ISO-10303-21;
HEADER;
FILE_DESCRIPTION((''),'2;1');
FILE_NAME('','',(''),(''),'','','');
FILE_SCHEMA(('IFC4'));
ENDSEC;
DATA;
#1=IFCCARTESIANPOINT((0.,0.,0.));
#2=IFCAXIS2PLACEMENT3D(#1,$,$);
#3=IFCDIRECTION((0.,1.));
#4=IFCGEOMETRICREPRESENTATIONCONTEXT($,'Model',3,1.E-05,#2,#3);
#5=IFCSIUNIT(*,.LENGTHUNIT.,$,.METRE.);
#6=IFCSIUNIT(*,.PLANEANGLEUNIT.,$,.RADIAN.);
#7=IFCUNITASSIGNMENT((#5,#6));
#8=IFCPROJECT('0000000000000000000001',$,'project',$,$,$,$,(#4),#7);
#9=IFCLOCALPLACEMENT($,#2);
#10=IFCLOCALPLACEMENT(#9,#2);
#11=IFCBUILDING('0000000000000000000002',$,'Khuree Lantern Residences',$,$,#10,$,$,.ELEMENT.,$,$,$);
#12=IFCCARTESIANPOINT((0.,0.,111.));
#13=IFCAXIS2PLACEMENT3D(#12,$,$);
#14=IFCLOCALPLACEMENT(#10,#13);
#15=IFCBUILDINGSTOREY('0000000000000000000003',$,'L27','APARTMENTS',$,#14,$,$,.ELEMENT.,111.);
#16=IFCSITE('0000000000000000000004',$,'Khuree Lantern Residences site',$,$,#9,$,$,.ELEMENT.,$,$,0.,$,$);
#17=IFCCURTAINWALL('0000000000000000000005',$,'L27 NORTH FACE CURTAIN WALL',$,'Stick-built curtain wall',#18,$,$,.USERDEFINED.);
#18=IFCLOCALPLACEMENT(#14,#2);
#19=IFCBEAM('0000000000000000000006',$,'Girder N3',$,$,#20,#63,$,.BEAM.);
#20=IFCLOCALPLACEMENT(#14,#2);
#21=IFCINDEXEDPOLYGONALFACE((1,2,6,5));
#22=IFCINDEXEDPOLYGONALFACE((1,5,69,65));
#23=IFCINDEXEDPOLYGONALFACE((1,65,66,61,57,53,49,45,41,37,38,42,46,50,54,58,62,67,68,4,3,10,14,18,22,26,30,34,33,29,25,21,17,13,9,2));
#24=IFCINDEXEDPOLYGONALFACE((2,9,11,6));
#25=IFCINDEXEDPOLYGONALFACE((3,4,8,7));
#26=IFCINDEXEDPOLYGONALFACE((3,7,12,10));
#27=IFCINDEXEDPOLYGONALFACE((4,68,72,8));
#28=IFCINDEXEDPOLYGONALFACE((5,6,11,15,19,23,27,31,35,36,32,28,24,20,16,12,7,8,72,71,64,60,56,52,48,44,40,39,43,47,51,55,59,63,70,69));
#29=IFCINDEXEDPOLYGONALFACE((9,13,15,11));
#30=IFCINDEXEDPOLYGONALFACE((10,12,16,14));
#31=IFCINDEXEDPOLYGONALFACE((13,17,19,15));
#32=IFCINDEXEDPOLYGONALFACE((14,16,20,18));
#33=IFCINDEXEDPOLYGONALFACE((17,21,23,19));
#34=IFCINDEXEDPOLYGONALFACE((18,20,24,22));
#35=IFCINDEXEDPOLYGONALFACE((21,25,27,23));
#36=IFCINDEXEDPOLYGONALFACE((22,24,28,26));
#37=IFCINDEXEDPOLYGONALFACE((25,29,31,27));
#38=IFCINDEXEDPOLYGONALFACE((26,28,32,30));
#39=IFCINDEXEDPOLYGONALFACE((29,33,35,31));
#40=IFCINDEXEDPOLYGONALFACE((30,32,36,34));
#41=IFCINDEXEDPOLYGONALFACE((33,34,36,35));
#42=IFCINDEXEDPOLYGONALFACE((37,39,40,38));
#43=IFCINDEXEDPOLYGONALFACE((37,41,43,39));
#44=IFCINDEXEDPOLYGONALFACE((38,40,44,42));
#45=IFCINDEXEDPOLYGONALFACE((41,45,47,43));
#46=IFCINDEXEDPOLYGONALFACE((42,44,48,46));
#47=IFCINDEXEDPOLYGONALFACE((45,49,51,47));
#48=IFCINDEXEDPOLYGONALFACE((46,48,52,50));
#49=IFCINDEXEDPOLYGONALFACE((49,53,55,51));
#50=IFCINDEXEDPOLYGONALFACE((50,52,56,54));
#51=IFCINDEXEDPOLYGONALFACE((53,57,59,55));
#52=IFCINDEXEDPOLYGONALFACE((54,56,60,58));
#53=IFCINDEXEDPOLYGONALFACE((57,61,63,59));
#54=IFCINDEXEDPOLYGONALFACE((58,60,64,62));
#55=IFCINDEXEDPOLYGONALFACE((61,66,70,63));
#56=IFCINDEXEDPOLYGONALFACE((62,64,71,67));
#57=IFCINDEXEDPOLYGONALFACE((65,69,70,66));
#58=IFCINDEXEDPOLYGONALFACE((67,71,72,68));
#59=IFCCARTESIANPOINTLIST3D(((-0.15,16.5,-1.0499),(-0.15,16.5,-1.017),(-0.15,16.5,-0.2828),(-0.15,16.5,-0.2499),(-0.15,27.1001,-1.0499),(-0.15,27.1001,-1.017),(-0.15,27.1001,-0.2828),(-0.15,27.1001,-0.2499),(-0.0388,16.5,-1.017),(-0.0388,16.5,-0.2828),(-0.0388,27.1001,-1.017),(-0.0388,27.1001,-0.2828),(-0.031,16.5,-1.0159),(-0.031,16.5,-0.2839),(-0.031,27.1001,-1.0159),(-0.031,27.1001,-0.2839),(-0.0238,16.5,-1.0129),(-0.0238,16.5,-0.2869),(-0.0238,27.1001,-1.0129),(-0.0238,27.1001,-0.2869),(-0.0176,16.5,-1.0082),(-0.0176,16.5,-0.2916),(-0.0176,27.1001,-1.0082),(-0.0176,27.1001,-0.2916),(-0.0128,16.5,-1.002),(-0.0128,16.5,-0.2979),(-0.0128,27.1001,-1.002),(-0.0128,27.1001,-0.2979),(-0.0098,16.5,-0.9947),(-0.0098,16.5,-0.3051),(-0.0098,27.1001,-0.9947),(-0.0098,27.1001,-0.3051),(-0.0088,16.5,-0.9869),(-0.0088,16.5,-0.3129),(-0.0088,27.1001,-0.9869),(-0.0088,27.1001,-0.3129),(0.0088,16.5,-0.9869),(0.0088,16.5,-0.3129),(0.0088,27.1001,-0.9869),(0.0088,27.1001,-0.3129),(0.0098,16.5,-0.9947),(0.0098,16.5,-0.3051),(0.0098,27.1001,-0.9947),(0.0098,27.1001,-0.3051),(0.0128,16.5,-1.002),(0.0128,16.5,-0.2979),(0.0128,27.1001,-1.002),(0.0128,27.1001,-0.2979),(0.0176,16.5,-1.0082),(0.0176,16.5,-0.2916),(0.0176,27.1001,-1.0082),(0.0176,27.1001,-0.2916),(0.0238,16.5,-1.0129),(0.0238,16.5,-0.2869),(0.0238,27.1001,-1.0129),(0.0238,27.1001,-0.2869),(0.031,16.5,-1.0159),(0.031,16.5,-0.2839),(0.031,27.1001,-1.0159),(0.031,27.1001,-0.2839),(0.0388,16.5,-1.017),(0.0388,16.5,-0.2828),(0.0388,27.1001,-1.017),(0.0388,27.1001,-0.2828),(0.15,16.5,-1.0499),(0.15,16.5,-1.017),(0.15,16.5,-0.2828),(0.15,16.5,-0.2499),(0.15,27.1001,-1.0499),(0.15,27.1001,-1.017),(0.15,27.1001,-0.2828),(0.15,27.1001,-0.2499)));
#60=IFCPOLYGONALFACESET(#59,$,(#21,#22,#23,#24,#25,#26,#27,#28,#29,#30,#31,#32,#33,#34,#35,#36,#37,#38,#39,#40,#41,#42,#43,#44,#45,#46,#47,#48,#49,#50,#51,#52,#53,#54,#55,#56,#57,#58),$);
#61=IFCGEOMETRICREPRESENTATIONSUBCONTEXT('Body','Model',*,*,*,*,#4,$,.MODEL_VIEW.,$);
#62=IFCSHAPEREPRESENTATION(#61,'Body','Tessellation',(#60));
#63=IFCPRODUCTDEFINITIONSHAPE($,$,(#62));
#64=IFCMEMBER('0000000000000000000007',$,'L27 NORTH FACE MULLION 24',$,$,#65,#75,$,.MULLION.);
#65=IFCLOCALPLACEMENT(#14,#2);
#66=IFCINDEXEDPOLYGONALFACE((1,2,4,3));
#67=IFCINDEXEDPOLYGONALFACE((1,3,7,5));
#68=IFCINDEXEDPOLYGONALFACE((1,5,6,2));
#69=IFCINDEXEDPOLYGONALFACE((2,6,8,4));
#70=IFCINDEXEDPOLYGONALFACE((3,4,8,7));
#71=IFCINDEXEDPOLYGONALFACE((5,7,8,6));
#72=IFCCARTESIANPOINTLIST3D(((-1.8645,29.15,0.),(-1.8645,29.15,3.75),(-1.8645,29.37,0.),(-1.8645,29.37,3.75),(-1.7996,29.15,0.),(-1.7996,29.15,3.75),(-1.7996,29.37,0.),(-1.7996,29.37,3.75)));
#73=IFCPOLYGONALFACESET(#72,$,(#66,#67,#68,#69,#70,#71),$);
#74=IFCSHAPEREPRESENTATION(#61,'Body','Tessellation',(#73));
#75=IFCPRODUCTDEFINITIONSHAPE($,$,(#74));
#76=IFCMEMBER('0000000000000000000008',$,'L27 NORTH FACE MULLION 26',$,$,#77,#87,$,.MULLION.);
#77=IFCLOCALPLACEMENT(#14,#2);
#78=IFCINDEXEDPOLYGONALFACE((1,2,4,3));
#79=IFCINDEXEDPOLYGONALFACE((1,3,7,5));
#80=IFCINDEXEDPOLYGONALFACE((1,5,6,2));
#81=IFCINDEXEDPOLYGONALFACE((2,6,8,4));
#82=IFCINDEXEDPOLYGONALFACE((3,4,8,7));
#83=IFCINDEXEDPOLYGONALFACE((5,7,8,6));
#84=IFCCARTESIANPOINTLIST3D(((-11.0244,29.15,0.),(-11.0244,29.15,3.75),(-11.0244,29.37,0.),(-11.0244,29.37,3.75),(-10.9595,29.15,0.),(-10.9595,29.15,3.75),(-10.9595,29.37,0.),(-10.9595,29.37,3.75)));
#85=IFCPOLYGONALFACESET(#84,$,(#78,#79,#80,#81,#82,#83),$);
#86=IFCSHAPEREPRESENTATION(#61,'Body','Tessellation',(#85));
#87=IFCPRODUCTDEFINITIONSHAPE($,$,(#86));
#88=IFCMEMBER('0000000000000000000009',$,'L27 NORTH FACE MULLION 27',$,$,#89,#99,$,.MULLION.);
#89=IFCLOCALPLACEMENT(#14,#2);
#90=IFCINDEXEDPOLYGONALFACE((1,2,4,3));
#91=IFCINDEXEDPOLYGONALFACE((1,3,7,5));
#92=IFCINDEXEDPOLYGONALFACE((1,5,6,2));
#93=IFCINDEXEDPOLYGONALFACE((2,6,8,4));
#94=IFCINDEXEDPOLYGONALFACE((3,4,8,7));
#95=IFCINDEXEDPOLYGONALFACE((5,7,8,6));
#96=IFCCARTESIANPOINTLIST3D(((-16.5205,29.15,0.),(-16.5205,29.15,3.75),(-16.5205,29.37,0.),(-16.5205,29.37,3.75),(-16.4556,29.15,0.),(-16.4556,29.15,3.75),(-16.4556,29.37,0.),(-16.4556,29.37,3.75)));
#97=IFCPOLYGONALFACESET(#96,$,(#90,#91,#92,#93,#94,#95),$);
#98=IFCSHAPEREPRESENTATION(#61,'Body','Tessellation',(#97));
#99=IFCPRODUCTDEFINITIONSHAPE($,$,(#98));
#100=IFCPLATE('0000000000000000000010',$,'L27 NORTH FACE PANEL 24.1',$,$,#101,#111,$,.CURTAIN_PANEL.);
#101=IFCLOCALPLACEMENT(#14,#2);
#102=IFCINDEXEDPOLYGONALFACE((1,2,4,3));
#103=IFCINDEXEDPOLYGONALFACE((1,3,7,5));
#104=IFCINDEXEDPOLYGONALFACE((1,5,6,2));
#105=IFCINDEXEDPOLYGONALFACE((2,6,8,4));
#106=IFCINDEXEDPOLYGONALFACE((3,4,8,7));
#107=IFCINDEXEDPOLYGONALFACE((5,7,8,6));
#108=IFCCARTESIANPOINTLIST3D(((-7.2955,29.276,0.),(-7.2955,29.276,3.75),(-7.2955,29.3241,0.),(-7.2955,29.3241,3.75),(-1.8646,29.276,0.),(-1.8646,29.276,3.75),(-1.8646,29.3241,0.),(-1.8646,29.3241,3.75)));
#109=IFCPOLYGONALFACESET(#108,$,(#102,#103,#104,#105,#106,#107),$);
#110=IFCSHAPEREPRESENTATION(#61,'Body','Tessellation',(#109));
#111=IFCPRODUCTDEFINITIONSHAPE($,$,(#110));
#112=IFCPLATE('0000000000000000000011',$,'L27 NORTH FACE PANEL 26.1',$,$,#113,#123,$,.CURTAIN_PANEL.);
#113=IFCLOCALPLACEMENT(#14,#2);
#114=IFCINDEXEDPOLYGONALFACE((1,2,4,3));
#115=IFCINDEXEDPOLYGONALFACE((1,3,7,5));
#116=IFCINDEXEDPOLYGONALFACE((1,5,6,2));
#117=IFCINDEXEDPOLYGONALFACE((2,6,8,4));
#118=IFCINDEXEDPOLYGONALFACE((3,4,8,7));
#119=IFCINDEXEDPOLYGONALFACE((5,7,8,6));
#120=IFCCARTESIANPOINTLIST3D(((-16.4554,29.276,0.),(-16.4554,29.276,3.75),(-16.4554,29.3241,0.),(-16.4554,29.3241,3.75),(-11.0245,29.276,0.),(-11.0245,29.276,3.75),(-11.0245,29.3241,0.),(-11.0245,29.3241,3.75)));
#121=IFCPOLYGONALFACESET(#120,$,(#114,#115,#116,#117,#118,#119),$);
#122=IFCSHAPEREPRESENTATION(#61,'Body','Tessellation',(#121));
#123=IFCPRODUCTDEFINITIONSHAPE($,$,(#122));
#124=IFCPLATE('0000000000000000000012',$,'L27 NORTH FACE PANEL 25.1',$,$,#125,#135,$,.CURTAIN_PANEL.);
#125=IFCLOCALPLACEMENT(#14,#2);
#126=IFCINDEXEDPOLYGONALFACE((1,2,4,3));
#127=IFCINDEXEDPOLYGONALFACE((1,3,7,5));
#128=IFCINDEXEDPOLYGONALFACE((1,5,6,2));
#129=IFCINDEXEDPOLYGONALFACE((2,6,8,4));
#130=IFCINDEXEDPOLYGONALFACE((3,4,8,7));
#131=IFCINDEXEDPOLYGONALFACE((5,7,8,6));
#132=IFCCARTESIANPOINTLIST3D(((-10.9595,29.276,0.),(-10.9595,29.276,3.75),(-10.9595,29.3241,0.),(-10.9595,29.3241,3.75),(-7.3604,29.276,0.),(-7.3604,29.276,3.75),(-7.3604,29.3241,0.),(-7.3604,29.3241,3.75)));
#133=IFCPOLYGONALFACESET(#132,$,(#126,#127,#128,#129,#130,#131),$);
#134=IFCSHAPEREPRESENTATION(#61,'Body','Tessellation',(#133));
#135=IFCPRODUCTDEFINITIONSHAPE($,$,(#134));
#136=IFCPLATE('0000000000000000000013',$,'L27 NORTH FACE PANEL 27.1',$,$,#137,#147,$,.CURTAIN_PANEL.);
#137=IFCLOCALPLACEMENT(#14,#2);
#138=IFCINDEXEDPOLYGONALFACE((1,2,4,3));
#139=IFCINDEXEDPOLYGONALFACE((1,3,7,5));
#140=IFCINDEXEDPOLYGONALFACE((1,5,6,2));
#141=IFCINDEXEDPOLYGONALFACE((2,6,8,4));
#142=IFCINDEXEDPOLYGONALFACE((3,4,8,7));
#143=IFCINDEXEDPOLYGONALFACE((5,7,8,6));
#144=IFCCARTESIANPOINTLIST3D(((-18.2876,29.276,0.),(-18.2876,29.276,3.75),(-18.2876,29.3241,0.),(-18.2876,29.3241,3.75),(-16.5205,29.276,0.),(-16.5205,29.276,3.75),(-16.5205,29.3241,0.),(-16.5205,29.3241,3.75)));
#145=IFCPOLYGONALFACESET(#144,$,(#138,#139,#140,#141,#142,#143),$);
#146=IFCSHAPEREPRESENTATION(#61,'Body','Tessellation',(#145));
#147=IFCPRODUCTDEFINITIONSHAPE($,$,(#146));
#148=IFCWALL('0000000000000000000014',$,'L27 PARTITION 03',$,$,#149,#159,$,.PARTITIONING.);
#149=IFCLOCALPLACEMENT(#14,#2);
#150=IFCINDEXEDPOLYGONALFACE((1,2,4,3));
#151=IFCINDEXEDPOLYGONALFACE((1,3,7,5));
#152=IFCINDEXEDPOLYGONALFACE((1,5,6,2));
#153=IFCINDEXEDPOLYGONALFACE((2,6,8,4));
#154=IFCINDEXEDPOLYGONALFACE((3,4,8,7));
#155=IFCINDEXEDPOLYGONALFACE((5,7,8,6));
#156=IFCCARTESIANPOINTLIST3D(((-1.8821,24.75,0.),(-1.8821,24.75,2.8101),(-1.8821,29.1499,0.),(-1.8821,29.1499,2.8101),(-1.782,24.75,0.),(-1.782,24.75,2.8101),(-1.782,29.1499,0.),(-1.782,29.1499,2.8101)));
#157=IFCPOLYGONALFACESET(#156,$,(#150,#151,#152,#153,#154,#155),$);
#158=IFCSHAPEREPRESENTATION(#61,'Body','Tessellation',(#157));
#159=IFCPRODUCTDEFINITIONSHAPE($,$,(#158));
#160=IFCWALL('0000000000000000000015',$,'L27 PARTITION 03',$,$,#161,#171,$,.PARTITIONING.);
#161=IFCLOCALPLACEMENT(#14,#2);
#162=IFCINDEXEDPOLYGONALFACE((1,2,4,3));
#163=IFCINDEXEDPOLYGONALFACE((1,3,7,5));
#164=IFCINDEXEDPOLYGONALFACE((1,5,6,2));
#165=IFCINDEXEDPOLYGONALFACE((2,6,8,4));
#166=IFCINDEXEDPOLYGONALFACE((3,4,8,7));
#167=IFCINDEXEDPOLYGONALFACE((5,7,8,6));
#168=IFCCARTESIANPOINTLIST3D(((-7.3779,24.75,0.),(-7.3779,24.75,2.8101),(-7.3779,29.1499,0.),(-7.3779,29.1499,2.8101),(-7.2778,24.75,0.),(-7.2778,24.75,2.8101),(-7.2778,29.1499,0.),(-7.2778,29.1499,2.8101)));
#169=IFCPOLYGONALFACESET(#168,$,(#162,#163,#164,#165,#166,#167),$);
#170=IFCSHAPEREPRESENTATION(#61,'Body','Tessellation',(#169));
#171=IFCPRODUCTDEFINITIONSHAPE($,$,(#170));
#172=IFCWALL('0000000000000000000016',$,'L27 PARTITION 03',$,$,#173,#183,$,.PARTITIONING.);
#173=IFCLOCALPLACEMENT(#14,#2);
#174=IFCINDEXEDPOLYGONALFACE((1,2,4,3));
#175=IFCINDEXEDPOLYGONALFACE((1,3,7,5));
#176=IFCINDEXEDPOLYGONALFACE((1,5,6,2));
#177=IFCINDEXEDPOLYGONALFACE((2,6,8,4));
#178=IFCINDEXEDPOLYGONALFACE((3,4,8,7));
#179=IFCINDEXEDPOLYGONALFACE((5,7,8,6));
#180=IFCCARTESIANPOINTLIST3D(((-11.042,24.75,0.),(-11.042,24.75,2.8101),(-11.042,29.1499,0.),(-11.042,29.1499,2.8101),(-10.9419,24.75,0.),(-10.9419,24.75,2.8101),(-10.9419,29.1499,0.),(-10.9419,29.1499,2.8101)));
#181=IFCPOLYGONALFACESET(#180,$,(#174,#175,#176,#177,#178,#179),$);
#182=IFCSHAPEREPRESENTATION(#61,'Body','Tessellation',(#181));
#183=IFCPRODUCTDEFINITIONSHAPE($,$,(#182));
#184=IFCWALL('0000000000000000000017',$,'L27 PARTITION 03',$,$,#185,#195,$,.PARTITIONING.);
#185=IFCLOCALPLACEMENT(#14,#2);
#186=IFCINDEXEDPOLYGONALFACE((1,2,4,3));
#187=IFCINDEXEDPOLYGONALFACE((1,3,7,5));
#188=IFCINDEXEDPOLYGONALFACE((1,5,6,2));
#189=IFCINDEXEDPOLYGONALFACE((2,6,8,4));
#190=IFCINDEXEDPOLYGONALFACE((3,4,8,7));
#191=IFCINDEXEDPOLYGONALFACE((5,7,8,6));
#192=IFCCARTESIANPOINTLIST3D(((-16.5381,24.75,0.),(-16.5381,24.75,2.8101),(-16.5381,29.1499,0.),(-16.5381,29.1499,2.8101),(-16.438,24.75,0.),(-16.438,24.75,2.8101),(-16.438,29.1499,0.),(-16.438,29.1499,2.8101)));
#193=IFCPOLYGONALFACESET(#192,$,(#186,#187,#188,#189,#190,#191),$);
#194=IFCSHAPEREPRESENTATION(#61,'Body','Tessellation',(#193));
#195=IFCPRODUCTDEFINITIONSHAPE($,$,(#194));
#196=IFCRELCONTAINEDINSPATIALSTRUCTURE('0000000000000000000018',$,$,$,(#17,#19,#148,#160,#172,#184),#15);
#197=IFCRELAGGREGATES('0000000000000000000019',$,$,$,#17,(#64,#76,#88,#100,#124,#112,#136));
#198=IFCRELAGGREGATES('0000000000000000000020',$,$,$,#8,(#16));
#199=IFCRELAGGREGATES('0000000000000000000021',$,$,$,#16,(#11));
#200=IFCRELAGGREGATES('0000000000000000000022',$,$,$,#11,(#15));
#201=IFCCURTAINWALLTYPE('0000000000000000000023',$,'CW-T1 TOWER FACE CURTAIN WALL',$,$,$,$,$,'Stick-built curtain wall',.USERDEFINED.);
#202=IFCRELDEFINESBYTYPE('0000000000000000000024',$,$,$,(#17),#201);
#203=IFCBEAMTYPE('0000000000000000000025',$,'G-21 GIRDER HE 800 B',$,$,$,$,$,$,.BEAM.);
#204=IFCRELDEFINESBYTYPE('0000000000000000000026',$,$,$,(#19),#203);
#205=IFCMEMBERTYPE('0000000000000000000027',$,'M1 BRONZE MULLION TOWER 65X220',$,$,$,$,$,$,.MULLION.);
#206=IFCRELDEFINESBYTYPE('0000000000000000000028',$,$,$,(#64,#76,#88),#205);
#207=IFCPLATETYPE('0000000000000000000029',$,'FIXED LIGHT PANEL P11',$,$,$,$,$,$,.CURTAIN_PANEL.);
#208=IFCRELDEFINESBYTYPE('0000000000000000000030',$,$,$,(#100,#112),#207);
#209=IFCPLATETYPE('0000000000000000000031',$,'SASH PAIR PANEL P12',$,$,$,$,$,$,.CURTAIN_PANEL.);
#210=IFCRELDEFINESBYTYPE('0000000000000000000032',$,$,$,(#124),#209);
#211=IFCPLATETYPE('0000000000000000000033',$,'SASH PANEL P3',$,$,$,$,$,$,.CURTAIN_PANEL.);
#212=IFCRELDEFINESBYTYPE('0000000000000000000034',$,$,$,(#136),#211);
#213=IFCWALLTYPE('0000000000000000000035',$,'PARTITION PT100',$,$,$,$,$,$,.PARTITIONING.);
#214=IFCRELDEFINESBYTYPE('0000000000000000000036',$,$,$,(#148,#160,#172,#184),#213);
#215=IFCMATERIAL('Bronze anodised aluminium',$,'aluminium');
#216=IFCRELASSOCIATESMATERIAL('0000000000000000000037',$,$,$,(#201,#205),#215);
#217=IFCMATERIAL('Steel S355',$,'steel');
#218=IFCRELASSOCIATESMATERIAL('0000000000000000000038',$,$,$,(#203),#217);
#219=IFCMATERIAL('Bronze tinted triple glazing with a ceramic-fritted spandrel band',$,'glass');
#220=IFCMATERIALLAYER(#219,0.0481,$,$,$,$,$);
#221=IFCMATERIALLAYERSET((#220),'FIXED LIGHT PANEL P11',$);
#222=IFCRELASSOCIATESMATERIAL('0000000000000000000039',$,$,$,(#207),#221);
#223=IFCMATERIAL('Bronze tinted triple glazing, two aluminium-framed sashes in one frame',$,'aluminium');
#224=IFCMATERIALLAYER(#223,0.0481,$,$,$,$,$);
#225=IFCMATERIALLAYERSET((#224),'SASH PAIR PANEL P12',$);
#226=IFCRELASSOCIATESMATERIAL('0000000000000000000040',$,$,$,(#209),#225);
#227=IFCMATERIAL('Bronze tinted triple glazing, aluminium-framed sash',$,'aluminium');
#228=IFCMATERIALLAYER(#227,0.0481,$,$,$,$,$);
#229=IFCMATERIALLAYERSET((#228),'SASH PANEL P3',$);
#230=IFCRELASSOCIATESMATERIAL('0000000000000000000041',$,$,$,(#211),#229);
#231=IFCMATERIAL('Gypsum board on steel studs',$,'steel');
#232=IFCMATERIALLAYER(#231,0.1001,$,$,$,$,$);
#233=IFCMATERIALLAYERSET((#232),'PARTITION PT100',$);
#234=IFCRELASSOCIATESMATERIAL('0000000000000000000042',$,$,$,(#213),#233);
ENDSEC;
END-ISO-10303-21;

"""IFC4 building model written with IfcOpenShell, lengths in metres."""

from ifc_helpers import new_model, si_unit, direction, frame, frame_2d, origin, origin_2d, place, context, subcontext, project, spatial, rectangle, i_section, extrude, material, layer, layer_set, material_profile, profile_set, type_object, element, aggregate, save


model = new_model("IFC4")

# Units and contexts
model_context = context("Model", 3, precision=1e-05, world=origin(), true_north=direction((0.0, 1.0)))
body_context = subcontext(model_context, "Body", "Model", "MODEL_VIEW")
ifc_project = project(units=[si_unit("LENGTHUNIT", "METRE"), si_unit("PLANEANGLEUNIT", "RADIAN")], contexts=[model_context])

# Site, building, storey
site_placement = place(None, origin())
site = spatial("IfcSite", under=ifc_project, at=site_placement, Name="Khuree Lantern Residences site", CompositionType="ELEMENT", RefElevation=0.0)
building_placement = place(site_placement, origin())
building = spatial("IfcBuilding", under=site, at=building_placement, Name="Khuree Lantern Residences", CompositionType="ELEMENT")
storey_placement = place(building_placement, frame((0.0, 0.0, 111.0)))
storey = spatial("IfcBuildingStorey", under=building, at=storey_placement, Name="L27", Description="APARTMENTS", CompositionType="ELEMENT", Elevation=111.0)

# Shared definitions
ifc_material_1 = material(Name="Steel S355", Category="steel")

# Curtain wall
ifc_material_2 = material(Name="Bronze anodised aluminium", Category="aluminium")
curtain_wall_type = type_object("IfcCurtainWallType", Name="CW-T1 TOWER FACE CURTAIN WALL", ElementType="Stick-built curtain wall", PredefinedType="USERDEFINED", material=ifc_material_2)
curtain_wall_placement = place(storey_placement, origin())
curtain_wall = element("IfcCurtainWall", 1, at=curtain_wall_placement, inside=storey, type_object=curtain_wall_type, Name="L27 NORTH FACE CURTAIN WALL", ObjectType="Stick-built curtain wall", PredefinedType="USERDEFINED")

# Beam
ifc_material_profile_1 = material_profile(ifc_material_1, i_section(OverallWidth=0.3, OverallDepth=0.8, WebThickness=0.0176, FlangeThickness=0.033, FilletRadius=0.03, at=origin_2d()), Name="HE 800 B")
ifc_profile_set_1 = profile_set([ifc_material_profile_1], Name="Steel S355")
beam_type_1 = type_object("IfcBeamType", Name="G-21 GIRDER HE 800 B", PredefinedType="BEAM", material=ifc_profile_set_1)
for number, where, z_axis, x_axis, name in (
    (2, (0.0, 27.1001, -0.6499), (0.0, -1.0, 0.0), (1.0, 0.0, 0.0), "Girder N3"),
):
    element("IfcBeam", number, at=place(storey_placement, frame(where, z_axis=z_axis, x_axis=x_axis)), inside=storey, type_object=beam_type_1, Name=name, PredefinedType="BEAM", context=body_context, shape_type="SweptSolid", body=[
        extrude(i_section(OverallWidth=0.3, OverallDepth=0.8, WebThickness=0.0176, FlangeThickness=0.033, FilletRadius=0.03, at=origin_2d()), origin(), (0.0, 0.0, 1.0), 10.6001),
    ])

# Members
ifc_material_profile_2 = material_profile(ifc_material_2, rectangle(XDim=0.0649, YDim=0.22, at=origin_2d()), Name="M1 65X220")
ifc_profile_set_2 = profile_set([ifc_material_profile_2], Name="Bronze anodised aluminium")
member_type_1 = type_object("IfcMemberType", Name="M1 BRONZE MULLION TOWER 65X220", PredefinedType="MULLION", material=ifc_profile_set_2)
member_1_placement = place(storey_placement, frame((-1.832, 29.26, 0.0), z_axis=(0.0, 0.0, 1.0), x_axis=(-1.0, 0.0, 0.0)))
member_1 = element("IfcMember", 3, at=member_1_placement, type_object=member_type_1, Name="L27 NORTH FACE MULLION 24", PredefinedType="MULLION", context=body_context, shape_type="SweptSolid", body=[
    extrude(rectangle(XDim=0.0649, YDim=0.22, at=origin_2d()), origin(), (0.0, 0.0, 1.0), 3.75),
])
member_2_placement = place(storey_placement, frame((-10.9919, 29.26, 0.0), z_axis=(0.0, 0.0, 1.0), x_axis=(-1.0, 0.0, 0.0)))
member_2 = element("IfcMember", 4, at=member_2_placement, type_object=member_type_1, Name="L27 NORTH FACE MULLION 26", PredefinedType="MULLION", context=body_context, shape_type="SweptSolid", body=[
    extrude(rectangle(XDim=0.0649, YDim=0.22, at=origin_2d()), origin(), (0.0, 0.0, 1.0), 3.75),
])
member_3_placement = place(storey_placement, frame((-16.488, 29.26, 0.0), z_axis=(0.0, 0.0, 1.0), x_axis=(-1.0, 0.0, 0.0)))
member_3 = element("IfcMember", 5, at=member_3_placement, type_object=member_type_1, Name="L27 NORTH FACE MULLION 27", PredefinedType="MULLION", context=body_context, shape_type="SweptSolid", body=[
    extrude(rectangle(XDim=0.0649, YDim=0.22, at=origin_2d()), origin(), (0.0, 0.0, 1.0), 3.75),
])

# Plates
ifc_material_3 = material(Name="Bronze tinted triple glazing with a ceramic-fritted spandrel band", Category="glass")
ifc_layer_1 = layer(ifc_material_3, 0.0481)
ifc_layer_set_1 = layer_set([ifc_layer_1], Name="FIXED LIGHT PANEL P11")
plate_type_1 = type_object("IfcPlateType", Name="FIXED LIGHT PANEL P11", PredefinedType="CURTAIN_PANEL", material=ifc_layer_set_1)
plate_1_placement = place(storey_placement, frame((-4.5801, 29.3, 0.0), z_axis=(0.0, 0.0, 1.0), x_axis=(-1.0, 0.0, 0.0)))
plate_1 = element("IfcPlate", 6, at=plate_1_placement, type_object=plate_type_1, Name="L27 NORTH FACE PANEL 24.1", PredefinedType="CURTAIN_PANEL", context=body_context, shape_type="SweptSolid", body=[
    extrude(rectangle(XDim=5.4309, YDim=0.0481, at=origin_2d()), origin(), (0.0, 0.0, 1.0), 3.75),
])
plate_2_placement = place(storey_placement, frame((-13.74, 29.3, 0.0), z_axis=(0.0, 0.0, 1.0), x_axis=(-1.0, 0.0, 0.0)))
plate_2 = element("IfcPlate", 7, at=plate_2_placement, type_object=plate_type_1, Name="L27 NORTH FACE PANEL 26.1", PredefinedType="CURTAIN_PANEL", context=body_context, shape_type="SweptSolid", body=[
    extrude(rectangle(XDim=5.4309, YDim=0.0481, at=origin_2d()), origin(), (0.0, 0.0, 1.0), 3.75),
])
ifc_material_4 = material(Name="Bronze tinted triple glazing, two aluminium-framed sashes in one frame", Category="aluminium")
ifc_layer_2 = layer(ifc_material_4, 0.0481)
ifc_layer_set_2 = layer_set([ifc_layer_2], Name="SASH PAIR PANEL P12")
plate_type_2 = type_object("IfcPlateType", Name="SASH PAIR PANEL P12", PredefinedType="CURTAIN_PANEL", material=ifc_layer_set_2)
plate_3_placement = place(storey_placement, frame((-9.1599, 29.3, 0.0), z_axis=(0.0, 0.0, 1.0), x_axis=(-1.0, 0.0, 0.0)))
plate_3 = element("IfcPlate", 8, at=plate_3_placement, type_object=plate_type_2, Name="L27 NORTH FACE PANEL 25.1", PredefinedType="CURTAIN_PANEL", context=body_context, shape_type="SweptSolid", body=[
    extrude(rectangle(XDim=3.5991, YDim=0.0481, at=origin_2d()), origin(), (0.0, 0.0, 1.0), 3.75),
])
ifc_material_5 = material(Name="Bronze tinted triple glazing, aluminium-framed sash", Category="aluminium")
ifc_layer_3 = layer(ifc_material_5, 0.0481)
ifc_layer_set_3 = layer_set([ifc_layer_3], Name="SASH PANEL P3")
plate_type_3 = type_object("IfcPlateType", Name="SASH PANEL P3", PredefinedType="CURTAIN_PANEL", material=ifc_layer_set_3)
plate_4_placement = place(storey_placement, frame((-17.4041, 29.3, 0.0), z_axis=(0.0, 0.0, 1.0), x_axis=(-1.0, 0.0, 0.0)))
plate_4 = element("IfcPlate", 9, at=plate_4_placement, type_object=plate_type_3, Name="L27 NORTH FACE PANEL 27.1", PredefinedType="CURTAIN_PANEL", context=body_context, shape_type="SweptSolid", body=[
    extrude(rectangle(XDim=1.7671, YDim=0.0481, at=origin_2d()), origin(), (0.0, 0.0, 1.0), 3.75),
])
aggregate(curtain_wall, [member_1, member_2, member_3, plate_1, plate_3, plate_2, plate_4])

# Walls
ifc_material_6 = material(Name="Gypsum board on steel studs", Category="steel")
ifc_layer_4 = layer(ifc_material_6, 0.1001)
ifc_layer_set_4 = layer_set([ifc_layer_4], Name="PARTITION PT100")
wall_type = type_object("IfcWallType", Name="PARTITION PT100", PredefinedType="PARTITIONING", material=ifc_layer_set_4)
for number, where, z_axis, x_axis, name in (
    (10, (-1.832, 24.75, 0.0), (0.0, 0.0, 1.0), (0.0, 1.0, 0.0), "L27 PARTITION 03"),
    (11, (-7.3279, 24.75, 0.0), (0.0, 0.0, 1.0), (0.0, 1.0, 0.0), "L27 PARTITION 03"),
    (12, (-10.9919, 24.75, 0.0), (0.0, 0.0, 1.0), (0.0, 1.0, 0.0), "L27 PARTITION 03"),
    (13, (-16.488, 24.75, 0.0), (0.0, 0.0, 1.0), (0.0, 1.0, 0.0), "L27 PARTITION 03"),
):
    element("IfcWall", number, at=place(storey_placement, frame(where, z_axis=z_axis, x_axis=x_axis)), inside=storey, type_object=wall_type, Name=name, PredefinedType="PARTITIONING", context=body_context, shape_type="SweptSolid", body=[
        extrude(rectangle(XDim=4.3999, YDim=0.1001, at=frame_2d((2.2, 0.0))), origin(), (0.0, 0.0, 1.0), 2.8101),
    ])

save(model, "model.ifc")
